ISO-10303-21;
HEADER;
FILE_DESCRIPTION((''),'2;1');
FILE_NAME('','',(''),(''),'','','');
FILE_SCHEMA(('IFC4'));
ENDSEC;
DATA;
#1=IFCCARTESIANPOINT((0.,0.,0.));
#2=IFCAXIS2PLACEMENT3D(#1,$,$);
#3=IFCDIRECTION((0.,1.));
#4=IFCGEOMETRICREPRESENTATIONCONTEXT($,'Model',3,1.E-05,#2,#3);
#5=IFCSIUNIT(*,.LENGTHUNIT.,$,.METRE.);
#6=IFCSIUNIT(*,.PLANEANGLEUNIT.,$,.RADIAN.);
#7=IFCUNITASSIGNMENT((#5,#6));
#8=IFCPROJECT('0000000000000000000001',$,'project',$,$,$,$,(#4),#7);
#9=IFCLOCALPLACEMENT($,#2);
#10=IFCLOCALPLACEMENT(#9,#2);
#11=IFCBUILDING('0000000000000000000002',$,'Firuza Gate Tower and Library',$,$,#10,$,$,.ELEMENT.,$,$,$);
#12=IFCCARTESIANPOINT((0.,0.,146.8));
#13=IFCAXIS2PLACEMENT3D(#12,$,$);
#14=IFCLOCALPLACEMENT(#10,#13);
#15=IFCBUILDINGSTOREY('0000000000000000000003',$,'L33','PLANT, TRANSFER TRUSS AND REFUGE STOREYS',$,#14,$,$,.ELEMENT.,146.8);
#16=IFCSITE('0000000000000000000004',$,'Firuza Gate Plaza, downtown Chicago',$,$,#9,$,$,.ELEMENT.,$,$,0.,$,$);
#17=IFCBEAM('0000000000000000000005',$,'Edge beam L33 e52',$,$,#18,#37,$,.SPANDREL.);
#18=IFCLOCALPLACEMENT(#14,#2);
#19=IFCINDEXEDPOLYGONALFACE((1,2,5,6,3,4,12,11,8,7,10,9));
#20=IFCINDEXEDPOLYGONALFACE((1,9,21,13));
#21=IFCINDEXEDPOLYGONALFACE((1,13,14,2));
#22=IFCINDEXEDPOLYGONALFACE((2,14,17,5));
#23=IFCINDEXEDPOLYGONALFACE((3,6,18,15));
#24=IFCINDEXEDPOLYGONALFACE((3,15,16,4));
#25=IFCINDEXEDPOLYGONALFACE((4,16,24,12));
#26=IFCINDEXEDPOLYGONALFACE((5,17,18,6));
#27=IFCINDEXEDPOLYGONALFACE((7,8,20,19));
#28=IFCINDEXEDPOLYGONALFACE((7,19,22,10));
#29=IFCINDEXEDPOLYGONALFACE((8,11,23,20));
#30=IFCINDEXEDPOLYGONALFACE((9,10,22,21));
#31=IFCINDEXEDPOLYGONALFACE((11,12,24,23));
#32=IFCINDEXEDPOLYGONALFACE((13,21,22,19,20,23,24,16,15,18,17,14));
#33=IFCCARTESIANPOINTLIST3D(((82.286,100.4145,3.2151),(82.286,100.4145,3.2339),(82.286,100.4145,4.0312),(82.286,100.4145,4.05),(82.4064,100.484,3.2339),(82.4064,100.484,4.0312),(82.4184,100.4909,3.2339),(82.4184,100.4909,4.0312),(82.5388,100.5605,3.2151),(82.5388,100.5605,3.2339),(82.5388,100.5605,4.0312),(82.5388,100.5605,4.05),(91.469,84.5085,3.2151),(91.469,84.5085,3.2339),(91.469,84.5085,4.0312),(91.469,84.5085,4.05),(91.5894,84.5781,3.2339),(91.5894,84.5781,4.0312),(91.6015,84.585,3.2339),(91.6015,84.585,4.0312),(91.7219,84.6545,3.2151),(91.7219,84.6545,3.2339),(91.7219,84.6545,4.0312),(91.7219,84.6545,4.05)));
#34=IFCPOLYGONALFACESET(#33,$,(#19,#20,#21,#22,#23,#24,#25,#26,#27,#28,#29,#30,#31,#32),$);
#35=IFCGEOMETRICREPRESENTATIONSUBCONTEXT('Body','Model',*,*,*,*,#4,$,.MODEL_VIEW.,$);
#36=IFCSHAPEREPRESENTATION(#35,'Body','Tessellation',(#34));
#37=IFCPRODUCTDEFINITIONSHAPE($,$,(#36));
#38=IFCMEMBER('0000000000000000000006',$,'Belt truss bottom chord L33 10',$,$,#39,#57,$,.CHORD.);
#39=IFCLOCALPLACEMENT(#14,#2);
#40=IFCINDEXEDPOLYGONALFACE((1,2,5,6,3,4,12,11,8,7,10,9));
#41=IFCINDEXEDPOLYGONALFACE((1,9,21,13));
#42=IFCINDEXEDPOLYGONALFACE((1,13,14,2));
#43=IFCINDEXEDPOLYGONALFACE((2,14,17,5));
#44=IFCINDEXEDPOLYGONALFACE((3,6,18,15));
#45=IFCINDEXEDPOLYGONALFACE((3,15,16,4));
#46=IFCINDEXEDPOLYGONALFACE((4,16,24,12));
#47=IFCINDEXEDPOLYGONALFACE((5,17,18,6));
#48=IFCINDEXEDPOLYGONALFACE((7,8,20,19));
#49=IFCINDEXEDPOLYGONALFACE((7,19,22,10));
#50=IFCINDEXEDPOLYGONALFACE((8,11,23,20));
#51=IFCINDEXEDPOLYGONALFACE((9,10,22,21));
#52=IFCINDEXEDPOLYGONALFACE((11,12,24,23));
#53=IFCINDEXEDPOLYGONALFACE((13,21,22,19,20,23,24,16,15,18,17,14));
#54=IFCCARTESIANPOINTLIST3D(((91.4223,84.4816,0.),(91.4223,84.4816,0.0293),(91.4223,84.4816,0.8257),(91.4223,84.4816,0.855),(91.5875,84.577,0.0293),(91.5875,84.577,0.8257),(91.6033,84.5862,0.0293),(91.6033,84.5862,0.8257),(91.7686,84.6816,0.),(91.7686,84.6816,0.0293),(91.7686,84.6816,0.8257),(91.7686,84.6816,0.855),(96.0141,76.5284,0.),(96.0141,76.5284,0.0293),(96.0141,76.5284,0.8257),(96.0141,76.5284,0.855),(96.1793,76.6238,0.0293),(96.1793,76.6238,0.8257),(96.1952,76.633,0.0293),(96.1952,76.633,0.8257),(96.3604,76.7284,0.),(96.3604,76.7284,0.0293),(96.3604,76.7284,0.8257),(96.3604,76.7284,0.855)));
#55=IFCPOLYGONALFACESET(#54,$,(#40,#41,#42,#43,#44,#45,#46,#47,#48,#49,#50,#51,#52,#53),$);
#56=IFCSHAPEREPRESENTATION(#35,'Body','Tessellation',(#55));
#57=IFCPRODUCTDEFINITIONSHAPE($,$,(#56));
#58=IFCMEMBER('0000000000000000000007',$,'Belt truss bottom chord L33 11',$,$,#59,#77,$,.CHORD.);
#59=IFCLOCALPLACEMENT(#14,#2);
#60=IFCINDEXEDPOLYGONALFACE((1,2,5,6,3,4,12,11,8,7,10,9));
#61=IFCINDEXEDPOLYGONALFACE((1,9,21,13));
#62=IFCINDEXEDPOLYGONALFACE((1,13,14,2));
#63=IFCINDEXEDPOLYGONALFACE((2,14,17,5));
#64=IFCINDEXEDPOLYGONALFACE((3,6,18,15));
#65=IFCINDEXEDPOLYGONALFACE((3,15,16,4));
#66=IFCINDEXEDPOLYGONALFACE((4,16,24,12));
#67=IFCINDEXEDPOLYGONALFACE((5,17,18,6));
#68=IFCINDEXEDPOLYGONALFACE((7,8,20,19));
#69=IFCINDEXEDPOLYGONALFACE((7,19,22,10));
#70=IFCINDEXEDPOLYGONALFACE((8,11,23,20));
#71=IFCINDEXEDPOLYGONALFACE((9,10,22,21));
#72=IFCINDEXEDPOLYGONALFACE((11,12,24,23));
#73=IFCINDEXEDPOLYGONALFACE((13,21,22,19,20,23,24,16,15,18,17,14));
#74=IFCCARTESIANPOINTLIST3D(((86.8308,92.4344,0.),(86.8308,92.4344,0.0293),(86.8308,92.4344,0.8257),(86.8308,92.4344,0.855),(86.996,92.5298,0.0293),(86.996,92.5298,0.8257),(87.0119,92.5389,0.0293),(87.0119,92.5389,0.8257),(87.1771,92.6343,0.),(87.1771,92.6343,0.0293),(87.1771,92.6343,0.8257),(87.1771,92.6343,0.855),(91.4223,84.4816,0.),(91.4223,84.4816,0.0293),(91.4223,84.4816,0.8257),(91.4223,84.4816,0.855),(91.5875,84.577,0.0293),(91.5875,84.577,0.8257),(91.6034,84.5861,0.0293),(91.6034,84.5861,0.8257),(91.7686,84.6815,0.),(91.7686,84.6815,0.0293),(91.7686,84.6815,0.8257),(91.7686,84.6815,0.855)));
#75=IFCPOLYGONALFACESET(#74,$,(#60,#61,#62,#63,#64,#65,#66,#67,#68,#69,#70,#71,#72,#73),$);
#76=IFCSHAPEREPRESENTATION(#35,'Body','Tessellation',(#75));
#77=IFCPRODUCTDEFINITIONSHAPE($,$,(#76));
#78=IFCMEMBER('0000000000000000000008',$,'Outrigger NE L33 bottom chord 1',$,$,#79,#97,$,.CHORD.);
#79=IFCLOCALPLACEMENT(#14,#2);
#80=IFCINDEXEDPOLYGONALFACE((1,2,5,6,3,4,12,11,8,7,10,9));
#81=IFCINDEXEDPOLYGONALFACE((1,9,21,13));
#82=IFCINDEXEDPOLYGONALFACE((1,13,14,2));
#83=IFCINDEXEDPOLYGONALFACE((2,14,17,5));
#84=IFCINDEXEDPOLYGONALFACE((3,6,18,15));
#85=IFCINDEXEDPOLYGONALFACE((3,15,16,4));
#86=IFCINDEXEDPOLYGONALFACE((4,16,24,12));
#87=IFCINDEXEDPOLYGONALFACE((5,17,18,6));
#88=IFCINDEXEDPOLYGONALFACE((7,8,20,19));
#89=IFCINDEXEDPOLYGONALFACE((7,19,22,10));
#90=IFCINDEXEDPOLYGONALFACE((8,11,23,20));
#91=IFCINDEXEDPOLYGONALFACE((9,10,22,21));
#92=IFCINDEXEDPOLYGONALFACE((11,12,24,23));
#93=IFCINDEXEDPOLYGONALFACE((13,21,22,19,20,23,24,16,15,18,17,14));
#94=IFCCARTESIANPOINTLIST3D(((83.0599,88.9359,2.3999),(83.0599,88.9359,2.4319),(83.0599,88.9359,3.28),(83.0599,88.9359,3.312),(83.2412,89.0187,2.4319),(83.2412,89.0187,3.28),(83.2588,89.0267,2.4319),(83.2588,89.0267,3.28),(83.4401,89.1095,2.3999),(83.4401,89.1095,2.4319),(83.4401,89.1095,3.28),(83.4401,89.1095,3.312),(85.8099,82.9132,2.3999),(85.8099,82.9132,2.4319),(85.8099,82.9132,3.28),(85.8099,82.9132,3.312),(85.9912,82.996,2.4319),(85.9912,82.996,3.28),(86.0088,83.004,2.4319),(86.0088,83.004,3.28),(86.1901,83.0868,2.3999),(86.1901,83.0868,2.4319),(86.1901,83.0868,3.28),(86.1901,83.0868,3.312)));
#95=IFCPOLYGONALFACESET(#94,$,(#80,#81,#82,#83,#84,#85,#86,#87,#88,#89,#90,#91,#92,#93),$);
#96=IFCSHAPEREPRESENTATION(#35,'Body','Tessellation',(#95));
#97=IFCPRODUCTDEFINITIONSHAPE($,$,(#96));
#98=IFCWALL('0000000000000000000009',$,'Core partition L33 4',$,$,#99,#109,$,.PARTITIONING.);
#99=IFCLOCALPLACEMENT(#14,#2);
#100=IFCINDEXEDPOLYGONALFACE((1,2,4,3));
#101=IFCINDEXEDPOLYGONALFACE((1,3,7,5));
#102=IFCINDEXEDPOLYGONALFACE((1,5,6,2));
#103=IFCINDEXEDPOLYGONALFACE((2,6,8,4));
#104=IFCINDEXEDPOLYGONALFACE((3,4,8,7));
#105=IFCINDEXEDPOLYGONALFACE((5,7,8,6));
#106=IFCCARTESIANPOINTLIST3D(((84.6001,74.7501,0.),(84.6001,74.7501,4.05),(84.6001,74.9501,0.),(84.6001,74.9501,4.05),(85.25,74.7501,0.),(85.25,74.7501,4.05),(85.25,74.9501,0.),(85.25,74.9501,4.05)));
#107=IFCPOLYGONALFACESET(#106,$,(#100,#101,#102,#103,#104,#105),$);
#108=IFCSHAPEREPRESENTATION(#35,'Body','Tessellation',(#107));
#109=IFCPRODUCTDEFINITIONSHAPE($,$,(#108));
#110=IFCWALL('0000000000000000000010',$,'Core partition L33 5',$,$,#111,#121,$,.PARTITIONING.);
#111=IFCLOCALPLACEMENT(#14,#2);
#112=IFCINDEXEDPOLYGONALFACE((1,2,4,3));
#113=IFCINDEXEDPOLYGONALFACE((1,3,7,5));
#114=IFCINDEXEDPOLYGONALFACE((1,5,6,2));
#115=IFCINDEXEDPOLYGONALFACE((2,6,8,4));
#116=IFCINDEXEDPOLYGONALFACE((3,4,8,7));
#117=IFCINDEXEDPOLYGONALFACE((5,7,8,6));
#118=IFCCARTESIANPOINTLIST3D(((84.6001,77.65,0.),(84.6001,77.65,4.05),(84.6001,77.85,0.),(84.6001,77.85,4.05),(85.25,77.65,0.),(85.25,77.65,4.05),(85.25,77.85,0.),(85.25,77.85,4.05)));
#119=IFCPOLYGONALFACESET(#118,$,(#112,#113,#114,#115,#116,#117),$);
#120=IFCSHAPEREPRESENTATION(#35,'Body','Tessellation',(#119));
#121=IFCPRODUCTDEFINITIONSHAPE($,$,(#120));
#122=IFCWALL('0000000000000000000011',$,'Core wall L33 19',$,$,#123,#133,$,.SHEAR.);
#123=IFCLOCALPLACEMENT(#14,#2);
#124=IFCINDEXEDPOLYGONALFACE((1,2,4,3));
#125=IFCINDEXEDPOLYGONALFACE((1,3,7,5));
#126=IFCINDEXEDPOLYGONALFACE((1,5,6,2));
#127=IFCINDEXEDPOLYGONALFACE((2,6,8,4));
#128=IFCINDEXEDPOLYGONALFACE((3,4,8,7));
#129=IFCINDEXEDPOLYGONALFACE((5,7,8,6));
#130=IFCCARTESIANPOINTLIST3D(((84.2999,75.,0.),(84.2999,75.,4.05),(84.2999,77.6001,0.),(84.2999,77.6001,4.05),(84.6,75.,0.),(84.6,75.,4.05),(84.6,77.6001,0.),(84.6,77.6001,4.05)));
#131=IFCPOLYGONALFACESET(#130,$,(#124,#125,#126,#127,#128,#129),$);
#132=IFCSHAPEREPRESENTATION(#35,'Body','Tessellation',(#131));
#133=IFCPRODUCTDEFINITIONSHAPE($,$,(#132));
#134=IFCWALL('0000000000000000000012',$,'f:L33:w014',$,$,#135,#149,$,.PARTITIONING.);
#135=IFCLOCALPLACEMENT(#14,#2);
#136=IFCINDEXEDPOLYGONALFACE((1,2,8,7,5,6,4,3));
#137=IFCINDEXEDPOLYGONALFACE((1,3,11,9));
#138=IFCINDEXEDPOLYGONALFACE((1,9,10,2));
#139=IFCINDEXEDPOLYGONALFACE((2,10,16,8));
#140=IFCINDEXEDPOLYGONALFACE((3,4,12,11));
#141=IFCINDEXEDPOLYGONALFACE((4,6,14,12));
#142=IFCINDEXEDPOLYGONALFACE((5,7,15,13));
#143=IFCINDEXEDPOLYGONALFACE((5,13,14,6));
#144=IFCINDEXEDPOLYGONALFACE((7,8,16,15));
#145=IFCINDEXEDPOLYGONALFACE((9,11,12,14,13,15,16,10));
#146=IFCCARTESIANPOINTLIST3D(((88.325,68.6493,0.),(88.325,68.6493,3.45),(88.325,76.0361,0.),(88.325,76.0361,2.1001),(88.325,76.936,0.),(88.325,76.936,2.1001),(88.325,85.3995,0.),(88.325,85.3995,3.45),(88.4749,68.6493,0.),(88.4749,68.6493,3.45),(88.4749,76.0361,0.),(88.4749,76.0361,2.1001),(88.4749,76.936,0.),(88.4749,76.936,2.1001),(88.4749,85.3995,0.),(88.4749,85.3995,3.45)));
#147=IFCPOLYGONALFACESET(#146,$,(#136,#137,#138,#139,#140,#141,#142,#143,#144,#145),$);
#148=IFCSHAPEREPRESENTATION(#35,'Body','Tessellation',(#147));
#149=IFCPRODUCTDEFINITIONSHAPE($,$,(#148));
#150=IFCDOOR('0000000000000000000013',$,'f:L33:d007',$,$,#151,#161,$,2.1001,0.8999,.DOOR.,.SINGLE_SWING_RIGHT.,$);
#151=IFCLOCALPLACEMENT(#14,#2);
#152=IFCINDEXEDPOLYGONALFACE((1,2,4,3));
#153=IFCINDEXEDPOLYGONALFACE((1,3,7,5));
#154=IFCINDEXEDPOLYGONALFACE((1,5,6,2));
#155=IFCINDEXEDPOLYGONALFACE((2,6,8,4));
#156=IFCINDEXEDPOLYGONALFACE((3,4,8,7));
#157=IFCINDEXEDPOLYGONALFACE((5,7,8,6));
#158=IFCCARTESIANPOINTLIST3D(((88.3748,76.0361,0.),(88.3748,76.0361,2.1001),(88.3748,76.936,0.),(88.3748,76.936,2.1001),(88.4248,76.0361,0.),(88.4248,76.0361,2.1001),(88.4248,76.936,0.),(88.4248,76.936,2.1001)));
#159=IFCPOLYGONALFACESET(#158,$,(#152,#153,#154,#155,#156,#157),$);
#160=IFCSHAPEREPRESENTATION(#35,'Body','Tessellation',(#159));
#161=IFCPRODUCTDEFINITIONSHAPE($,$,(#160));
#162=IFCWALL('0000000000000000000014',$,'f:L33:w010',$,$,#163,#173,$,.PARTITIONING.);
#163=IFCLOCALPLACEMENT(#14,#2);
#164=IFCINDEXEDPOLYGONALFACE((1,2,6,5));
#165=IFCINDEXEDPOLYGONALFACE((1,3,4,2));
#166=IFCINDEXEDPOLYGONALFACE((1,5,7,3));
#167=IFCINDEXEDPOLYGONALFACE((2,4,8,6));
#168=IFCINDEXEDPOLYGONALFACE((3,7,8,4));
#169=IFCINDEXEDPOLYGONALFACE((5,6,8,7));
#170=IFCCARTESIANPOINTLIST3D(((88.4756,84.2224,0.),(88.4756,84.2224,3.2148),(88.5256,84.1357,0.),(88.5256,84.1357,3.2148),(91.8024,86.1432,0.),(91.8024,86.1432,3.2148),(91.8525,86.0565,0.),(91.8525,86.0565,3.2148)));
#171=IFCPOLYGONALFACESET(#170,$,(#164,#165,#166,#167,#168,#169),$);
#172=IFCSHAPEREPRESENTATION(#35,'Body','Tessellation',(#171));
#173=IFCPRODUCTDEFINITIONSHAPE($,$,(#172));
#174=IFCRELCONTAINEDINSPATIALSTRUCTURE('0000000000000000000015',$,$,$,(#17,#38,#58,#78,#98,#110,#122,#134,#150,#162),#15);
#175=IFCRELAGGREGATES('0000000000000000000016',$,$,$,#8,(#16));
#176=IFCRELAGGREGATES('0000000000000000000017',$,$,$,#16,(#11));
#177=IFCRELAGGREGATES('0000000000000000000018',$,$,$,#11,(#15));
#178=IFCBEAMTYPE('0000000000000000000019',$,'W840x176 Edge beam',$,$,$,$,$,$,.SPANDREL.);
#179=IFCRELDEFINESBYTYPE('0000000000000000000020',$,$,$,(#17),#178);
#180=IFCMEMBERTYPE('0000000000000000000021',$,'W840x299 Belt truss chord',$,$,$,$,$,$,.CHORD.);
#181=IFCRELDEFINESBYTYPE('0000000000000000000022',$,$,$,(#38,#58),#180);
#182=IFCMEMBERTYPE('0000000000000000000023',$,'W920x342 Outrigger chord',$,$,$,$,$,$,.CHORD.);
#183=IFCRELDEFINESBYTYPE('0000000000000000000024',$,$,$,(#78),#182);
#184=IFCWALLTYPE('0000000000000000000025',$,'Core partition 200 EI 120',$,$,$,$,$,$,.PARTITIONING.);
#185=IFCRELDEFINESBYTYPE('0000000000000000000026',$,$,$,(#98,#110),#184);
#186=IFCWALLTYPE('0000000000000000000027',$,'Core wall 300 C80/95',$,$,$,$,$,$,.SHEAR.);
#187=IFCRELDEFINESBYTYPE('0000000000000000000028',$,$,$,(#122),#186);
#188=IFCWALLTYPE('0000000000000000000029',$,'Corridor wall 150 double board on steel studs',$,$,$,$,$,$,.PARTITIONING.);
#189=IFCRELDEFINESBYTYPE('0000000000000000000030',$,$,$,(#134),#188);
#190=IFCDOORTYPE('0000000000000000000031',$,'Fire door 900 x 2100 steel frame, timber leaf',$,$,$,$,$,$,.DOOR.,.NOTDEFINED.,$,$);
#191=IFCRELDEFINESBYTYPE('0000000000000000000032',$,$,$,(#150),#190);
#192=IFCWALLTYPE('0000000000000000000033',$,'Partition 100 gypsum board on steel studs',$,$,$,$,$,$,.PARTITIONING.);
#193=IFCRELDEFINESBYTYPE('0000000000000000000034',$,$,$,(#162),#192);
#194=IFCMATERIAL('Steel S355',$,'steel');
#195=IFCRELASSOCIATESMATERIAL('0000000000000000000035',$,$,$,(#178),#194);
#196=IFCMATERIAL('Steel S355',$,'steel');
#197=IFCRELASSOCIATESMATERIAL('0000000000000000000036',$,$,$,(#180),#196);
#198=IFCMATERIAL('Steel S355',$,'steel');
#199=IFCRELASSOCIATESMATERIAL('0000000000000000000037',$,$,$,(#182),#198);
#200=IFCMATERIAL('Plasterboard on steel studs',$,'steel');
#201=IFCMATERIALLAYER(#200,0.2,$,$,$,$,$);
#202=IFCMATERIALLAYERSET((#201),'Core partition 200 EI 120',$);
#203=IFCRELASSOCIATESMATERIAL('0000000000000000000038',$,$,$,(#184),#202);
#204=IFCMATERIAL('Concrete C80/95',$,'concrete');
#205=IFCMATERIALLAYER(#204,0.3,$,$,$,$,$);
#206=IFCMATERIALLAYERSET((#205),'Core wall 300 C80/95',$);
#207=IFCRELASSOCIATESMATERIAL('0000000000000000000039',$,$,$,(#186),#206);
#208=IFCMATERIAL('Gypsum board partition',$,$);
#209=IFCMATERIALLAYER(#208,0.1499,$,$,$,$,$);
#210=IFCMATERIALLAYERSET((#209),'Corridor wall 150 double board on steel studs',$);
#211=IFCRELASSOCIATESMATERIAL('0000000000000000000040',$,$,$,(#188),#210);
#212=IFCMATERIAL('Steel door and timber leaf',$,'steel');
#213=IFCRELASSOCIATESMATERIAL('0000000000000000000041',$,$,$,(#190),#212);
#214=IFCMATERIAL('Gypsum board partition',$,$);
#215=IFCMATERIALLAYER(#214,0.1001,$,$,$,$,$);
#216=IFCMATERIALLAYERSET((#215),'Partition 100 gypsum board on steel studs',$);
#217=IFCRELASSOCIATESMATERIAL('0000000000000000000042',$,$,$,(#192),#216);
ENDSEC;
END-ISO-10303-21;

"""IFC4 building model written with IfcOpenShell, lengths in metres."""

from ifc_helpers import new_model, si_unit, direction, frame, frame_2d, origin, origin_2d, place, context, subcontext, project, spatial, rectangle, i_section, extrude, material, layer, layer_set, material_profile, profile_set, type_object, element, fill, save


model = new_model("IFC4")

# Units and contexts
model_context = context("Model", 3, precision=1e-05, world=origin(), true_north=direction((0.0, 1.0)))
body_context = subcontext(model_context, "Body", "Model", "MODEL_VIEW")
ifc_project = project(units=[si_unit("LENGTHUNIT", "METRE"), si_unit("PLANEANGLEUNIT", "RADIAN")], contexts=[model_context])

# Site, building, storey
site_placement = place(None, origin())
site = spatial("IfcSite", under=ifc_project, at=site_placement, Name="Firuza Gate Plaza, downtown Chicago", CompositionType="ELEMENT", RefElevation=0.0)
building_placement = place(site_placement, origin())
building = spatial("IfcBuilding", under=site, at=building_placement, Name="Firuza Gate Tower and Library", CompositionType="ELEMENT")
storey_placement = place(building_placement, frame((0.0, 0.0, 146.8)))
storey = spatial("IfcBuildingStorey", under=building, at=storey_placement, Name="L33", Description="PLANT, TRANSFER TRUSS AND REFUGE STOREYS", CompositionType="ELEMENT", Elevation=146.8)

# Beam
ifc_material_1 = material(Name="Steel S355", Category="steel")
ifc_material_profile_1 = material_profile(ifc_material_1, i_section(OverallWidth=0.292, OverallDepth=0.835, WebThickness=0.0139, FlangeThickness=0.0188, at=origin_2d()))
ifc_profile_set_1 = profile_set([ifc_material_profile_1], Name="Steel S355")
beam_type_1 = type_object("IfcBeamType", Name="W840x176 Edge beam", PredefinedType="SPANDREL", material=ifc_profile_set_1)
beam_1_placement = place(storey_placement, frame((91.5955, 84.5815, 3.6326), z_axis=(-0.499991, 0.866031, 0.0), x_axis=(-0.866031, -0.499991, 0.0)))
element("IfcBeam", 1, at=beam_1_placement, inside=storey, type_object=beam_type_1, Name="Edge beam L33 e52", PredefinedType="SPANDREL", context=body_context, shape_type="SweptSolid", body=[
    extrude(i_section(OverallWidth=0.292, OverallDepth=0.835, WebThickness=0.0139, FlangeThickness=0.0188, at=origin_2d()), origin(), (0.0, 0.0, 1.0), 18.3665),
])

# Members
ifc_material_2 = material(Name="Steel S355", Category="steel")
ifc_material_profile_2 = material_profile(ifc_material_2, i_section(OverallWidth=0.3999, OverallDepth=0.855, WebThickness=0.0183, FlangeThickness=0.0293, at=origin_2d()))
ifc_profile_set_2 = profile_set([ifc_material_profile_2], Name="Steel S355")
member_type_1 = type_object("IfcMemberType", Name="W840x299 Belt truss chord", PredefinedType="CHORD", material=ifc_profile_set_2)
member_1_placement = place(storey_placement, frame((96.1873, 76.6284, 0.4275), z_axis=(-0.500005, 0.866023, 0.0), x_axis=(-0.866023, -0.500005, 0.0)))
element("IfcMember", 2, at=member_1_placement, inside=storey, type_object=member_type_1, Name="Belt truss bottom chord L33 10", PredefinedType="CHORD", context=body_context, shape_type="SweptSolid", body=[
    extrude(i_section(OverallWidth=0.3999, OverallDepth=0.855, WebThickness=0.0183, FlangeThickness=0.0293, at=origin_2d()), origin(), (0.0, 0.0, 1.0), 9.1836),
])
member_2_placement = place(storey_placement, frame((91.5955, 84.5815, 0.4275), z_axis=(-0.499996, 0.866028, 0.0), x_axis=(-0.866028, -0.499996, 0.0)))
element("IfcMember", 3, at=member_2_placement, inside=storey, type_object=member_type_1, Name="Belt truss bottom chord L33 11", PredefinedType="CHORD", context=body_context, shape_type="SweptSolid", body=[
    extrude(i_section(OverallWidth=0.3999, OverallDepth=0.855, WebThickness=0.0183, FlangeThickness=0.0293, at=origin_2d()), origin(), (0.0, 0.0, 1.0), 9.1831),
])
ifc_material_3 = material(Name="Steel S355", Category="steel")
ifc_material_profile_3 = material_profile(ifc_material_3, i_section(OverallWidth=0.418, OverallDepth=0.9121, WebThickness=0.0193, FlangeThickness=0.032, at=origin_2d()))
ifc_profile_set_3 = profile_set([ifc_material_profile_3], Name="Steel S355")
member_type_2 = type_object("IfcMemberType", Name="W920x342 Outrigger chord", PredefinedType="CHORD", material=ifc_profile_set_3)
member_3_placement = place(storey_placement, frame((86.0, 83.0, 2.856), z_axis=(-0.415355, 0.909659, 0.0), x_axis=(-0.909659, -0.415355, 0.0)))
element("IfcMember", 4, at=member_3_placement, inside=storey, type_object=member_type_2, Name="Outrigger NE L33 bottom chord 1", PredefinedType="CHORD", context=body_context, shape_type="SweptSolid", body=[
    extrude(i_section(OverallWidth=0.418, OverallDepth=0.9121, WebThickness=0.0193, FlangeThickness=0.032, at=origin_2d()), origin(), (0.0, 0.0, 1.0), 6.6208),
])

# Walls
ifc_material_4 = material(Name="Plasterboard on steel studs", Category="steel")
ifc_layer_1 = layer(ifc_material_4, 0.2)
ifc_layer_set_1 = layer_set([ifc_layer_1], Name="Core partition 200 EI 120")
wall_type_1 = type_object("IfcWallType", Name="Core partition 200 EI 120", PredefinedType="PARTITIONING", material=ifc_layer_set_1)
for number, where, z_axis, x_axis, name in (
    (5, (84.6001, 74.8501, 0.0), (0.0, 0.0, 1.0), (1.0, 0.0, 0.0), "Core partition L33 4"),
    (6, (84.6001, 77.75, 0.0), (0.0, 0.0, 1.0), (1.0, 0.0, 0.0), "Core partition L33 5"),
):
    element("IfcWall", number, at=place(storey_placement, frame(where, z_axis=z_axis, x_axis=x_axis)), inside=storey, type_object=wall_type_1, Name=name, PredefinedType="PARTITIONING", context=body_context, shape_type="SweptSolid", body=[
        extrude(rectangle(XDim=0.6499, YDim=0.2, at=frame_2d((0.325, 0.0))), origin(), (0.0, 0.0, 1.0), 4.05),
    ])
ifc_material_5 = material(Name="Concrete C80/95", Category="concrete")
ifc_layer_2 = layer(ifc_material_5, 0.3)
ifc_layer_set_2 = layer_set([ifc_layer_2], Name="Core wall 300 C80/95")
wall_type_2 = type_object("IfcWallType", Name="Core wall 300 C80/95", PredefinedType="SHEAR", material=ifc_layer_set_2)
wall_1_placement = place(storey_placement, frame((84.45, 75.0, 0.0), z_axis=(0.0, 0.0, 1.0), x_axis=(0.0, 1.0, 0.0)))
element("IfcWall", 7, at=wall_1_placement, inside=storey, type_object=wall_type_2, Name="Core wall L33 19", PredefinedType="SHEAR", context=body_context, shape_type="SweptSolid", body=[
    extrude(rectangle(XDim=2.6001, YDim=0.3, at=frame_2d((1.3, 0.0))), origin(), (0.0, 0.0, 1.0), 4.05),
])

# Wall, opening, door
ifc_material_6 = material(Name="Gypsum board partition")
ifc_layer_3 = layer(ifc_material_6, 0.1499)
ifc_layer_set_3 = layer_set([ifc_layer_3], Name="Corridor wall 150 double board on steel studs")
wall_type_3 = type_object("IfcWallType", Name="Corridor wall 150 double board on steel studs", PredefinedType="PARTITIONING", material=ifc_layer_set_3)
wall_2_placement = place(storey_placement, frame((88.3999, 85.3994, 0.0), z_axis=(0.0, 0.0, 1.0), x_axis=(0.0, -1.0, 0.0)))
wall_2 = element("IfcWall", 8, at=wall_2_placement, inside=storey, type_object=wall_type_3, Name="f:L33:w014", PredefinedType="PARTITIONING", context=body_context, shape_type="SweptSolid", body=[
    extrude(rectangle(XDim=16.7502, YDim=0.1499, at=frame_2d((8.375, 0.0))), origin(), (0.0, 0.0, 1.0), 3.45),
])
opening_placement = place(wall_2_placement, frame((8.4634, 0.0, 0.0)))
opening = element("IfcOpeningElement", 9, at=opening_placement, cuts=wall_2, PredefinedType="OPENING", context=body_context, shape_type="SweptSolid", body=[
    extrude(rectangle(XDim=0.8999, YDim=2.1001, at=frame_2d((0.45, 1.05))), frame((0.0, 0.085, 0.0), z_axis=(0.0, -1.0, 0.0), x_axis=(1.0, 0.0, 0.0)), (0.0, 0.0, 1.0), 0.1699),
])
ifc_material_7 = material(Name="Steel door and timber leaf", Category="steel")
door_type = type_object("IfcDoorType", Name="Fire door 900 x 2100 steel frame, timber leaf", OperationType="NOTDEFINED", PredefinedType="DOOR", material=ifc_material_7)
door_placement = place(opening_placement, origin())
door = element("IfcDoor", 10, at=door_placement, inside=storey, type_object=door_type, Name="f:L33:d007", OperationType="SINGLE_SWING_RIGHT", OverallHeight=2.1001, OverallWidth=0.8999, PredefinedType="DOOR", context=body_context, shape_type="SweptSolid", body=[
    extrude(rectangle(XDim=0.8999, YDim=2.1001, at=frame_2d((0.45, 1.05))), frame((0.0, 0.0249, 0.0), z_axis=(0.0, -1.0, 0.0), x_axis=(1.0, 0.0, 0.0)), (0.0, 0.0, 1.0), 0.05),
])
fill(opening, door)

# Wall
ifc_material_8 = material(Name="Gypsum board partition")
ifc_layer_4 = layer(ifc_material_8, 0.1001)
ifc_layer_set_4 = layer_set([ifc_layer_4], Name="Partition 100 gypsum board on steel studs")
wall_type_4 = type_object("IfcWallType", Name="Partition 100 gypsum board on steel studs", PredefinedType="PARTITIONING", material=ifc_layer_set_4)
wall_3_placement = place(storey_placement, frame((88.5005, 84.179, 0.0), z_axis=(0.0, 0.0, 1.0), x_axis=(0.866013, 0.500021, 0.0)))
element("IfcWall", 11, at=wall_3_placement, inside=storey, type_object=wall_type_4, Name="f:L33:w010", PredefinedType="PARTITIONING", context=body_context, shape_type="SweptSolid", body=[
    extrude(rectangle(XDim=3.8416, YDim=0.1001, at=frame_2d((1.9209, 0.0))), origin(), (0.0, 0.0, 1.0), 3.2148),
])

save(model, "model.ifc")
